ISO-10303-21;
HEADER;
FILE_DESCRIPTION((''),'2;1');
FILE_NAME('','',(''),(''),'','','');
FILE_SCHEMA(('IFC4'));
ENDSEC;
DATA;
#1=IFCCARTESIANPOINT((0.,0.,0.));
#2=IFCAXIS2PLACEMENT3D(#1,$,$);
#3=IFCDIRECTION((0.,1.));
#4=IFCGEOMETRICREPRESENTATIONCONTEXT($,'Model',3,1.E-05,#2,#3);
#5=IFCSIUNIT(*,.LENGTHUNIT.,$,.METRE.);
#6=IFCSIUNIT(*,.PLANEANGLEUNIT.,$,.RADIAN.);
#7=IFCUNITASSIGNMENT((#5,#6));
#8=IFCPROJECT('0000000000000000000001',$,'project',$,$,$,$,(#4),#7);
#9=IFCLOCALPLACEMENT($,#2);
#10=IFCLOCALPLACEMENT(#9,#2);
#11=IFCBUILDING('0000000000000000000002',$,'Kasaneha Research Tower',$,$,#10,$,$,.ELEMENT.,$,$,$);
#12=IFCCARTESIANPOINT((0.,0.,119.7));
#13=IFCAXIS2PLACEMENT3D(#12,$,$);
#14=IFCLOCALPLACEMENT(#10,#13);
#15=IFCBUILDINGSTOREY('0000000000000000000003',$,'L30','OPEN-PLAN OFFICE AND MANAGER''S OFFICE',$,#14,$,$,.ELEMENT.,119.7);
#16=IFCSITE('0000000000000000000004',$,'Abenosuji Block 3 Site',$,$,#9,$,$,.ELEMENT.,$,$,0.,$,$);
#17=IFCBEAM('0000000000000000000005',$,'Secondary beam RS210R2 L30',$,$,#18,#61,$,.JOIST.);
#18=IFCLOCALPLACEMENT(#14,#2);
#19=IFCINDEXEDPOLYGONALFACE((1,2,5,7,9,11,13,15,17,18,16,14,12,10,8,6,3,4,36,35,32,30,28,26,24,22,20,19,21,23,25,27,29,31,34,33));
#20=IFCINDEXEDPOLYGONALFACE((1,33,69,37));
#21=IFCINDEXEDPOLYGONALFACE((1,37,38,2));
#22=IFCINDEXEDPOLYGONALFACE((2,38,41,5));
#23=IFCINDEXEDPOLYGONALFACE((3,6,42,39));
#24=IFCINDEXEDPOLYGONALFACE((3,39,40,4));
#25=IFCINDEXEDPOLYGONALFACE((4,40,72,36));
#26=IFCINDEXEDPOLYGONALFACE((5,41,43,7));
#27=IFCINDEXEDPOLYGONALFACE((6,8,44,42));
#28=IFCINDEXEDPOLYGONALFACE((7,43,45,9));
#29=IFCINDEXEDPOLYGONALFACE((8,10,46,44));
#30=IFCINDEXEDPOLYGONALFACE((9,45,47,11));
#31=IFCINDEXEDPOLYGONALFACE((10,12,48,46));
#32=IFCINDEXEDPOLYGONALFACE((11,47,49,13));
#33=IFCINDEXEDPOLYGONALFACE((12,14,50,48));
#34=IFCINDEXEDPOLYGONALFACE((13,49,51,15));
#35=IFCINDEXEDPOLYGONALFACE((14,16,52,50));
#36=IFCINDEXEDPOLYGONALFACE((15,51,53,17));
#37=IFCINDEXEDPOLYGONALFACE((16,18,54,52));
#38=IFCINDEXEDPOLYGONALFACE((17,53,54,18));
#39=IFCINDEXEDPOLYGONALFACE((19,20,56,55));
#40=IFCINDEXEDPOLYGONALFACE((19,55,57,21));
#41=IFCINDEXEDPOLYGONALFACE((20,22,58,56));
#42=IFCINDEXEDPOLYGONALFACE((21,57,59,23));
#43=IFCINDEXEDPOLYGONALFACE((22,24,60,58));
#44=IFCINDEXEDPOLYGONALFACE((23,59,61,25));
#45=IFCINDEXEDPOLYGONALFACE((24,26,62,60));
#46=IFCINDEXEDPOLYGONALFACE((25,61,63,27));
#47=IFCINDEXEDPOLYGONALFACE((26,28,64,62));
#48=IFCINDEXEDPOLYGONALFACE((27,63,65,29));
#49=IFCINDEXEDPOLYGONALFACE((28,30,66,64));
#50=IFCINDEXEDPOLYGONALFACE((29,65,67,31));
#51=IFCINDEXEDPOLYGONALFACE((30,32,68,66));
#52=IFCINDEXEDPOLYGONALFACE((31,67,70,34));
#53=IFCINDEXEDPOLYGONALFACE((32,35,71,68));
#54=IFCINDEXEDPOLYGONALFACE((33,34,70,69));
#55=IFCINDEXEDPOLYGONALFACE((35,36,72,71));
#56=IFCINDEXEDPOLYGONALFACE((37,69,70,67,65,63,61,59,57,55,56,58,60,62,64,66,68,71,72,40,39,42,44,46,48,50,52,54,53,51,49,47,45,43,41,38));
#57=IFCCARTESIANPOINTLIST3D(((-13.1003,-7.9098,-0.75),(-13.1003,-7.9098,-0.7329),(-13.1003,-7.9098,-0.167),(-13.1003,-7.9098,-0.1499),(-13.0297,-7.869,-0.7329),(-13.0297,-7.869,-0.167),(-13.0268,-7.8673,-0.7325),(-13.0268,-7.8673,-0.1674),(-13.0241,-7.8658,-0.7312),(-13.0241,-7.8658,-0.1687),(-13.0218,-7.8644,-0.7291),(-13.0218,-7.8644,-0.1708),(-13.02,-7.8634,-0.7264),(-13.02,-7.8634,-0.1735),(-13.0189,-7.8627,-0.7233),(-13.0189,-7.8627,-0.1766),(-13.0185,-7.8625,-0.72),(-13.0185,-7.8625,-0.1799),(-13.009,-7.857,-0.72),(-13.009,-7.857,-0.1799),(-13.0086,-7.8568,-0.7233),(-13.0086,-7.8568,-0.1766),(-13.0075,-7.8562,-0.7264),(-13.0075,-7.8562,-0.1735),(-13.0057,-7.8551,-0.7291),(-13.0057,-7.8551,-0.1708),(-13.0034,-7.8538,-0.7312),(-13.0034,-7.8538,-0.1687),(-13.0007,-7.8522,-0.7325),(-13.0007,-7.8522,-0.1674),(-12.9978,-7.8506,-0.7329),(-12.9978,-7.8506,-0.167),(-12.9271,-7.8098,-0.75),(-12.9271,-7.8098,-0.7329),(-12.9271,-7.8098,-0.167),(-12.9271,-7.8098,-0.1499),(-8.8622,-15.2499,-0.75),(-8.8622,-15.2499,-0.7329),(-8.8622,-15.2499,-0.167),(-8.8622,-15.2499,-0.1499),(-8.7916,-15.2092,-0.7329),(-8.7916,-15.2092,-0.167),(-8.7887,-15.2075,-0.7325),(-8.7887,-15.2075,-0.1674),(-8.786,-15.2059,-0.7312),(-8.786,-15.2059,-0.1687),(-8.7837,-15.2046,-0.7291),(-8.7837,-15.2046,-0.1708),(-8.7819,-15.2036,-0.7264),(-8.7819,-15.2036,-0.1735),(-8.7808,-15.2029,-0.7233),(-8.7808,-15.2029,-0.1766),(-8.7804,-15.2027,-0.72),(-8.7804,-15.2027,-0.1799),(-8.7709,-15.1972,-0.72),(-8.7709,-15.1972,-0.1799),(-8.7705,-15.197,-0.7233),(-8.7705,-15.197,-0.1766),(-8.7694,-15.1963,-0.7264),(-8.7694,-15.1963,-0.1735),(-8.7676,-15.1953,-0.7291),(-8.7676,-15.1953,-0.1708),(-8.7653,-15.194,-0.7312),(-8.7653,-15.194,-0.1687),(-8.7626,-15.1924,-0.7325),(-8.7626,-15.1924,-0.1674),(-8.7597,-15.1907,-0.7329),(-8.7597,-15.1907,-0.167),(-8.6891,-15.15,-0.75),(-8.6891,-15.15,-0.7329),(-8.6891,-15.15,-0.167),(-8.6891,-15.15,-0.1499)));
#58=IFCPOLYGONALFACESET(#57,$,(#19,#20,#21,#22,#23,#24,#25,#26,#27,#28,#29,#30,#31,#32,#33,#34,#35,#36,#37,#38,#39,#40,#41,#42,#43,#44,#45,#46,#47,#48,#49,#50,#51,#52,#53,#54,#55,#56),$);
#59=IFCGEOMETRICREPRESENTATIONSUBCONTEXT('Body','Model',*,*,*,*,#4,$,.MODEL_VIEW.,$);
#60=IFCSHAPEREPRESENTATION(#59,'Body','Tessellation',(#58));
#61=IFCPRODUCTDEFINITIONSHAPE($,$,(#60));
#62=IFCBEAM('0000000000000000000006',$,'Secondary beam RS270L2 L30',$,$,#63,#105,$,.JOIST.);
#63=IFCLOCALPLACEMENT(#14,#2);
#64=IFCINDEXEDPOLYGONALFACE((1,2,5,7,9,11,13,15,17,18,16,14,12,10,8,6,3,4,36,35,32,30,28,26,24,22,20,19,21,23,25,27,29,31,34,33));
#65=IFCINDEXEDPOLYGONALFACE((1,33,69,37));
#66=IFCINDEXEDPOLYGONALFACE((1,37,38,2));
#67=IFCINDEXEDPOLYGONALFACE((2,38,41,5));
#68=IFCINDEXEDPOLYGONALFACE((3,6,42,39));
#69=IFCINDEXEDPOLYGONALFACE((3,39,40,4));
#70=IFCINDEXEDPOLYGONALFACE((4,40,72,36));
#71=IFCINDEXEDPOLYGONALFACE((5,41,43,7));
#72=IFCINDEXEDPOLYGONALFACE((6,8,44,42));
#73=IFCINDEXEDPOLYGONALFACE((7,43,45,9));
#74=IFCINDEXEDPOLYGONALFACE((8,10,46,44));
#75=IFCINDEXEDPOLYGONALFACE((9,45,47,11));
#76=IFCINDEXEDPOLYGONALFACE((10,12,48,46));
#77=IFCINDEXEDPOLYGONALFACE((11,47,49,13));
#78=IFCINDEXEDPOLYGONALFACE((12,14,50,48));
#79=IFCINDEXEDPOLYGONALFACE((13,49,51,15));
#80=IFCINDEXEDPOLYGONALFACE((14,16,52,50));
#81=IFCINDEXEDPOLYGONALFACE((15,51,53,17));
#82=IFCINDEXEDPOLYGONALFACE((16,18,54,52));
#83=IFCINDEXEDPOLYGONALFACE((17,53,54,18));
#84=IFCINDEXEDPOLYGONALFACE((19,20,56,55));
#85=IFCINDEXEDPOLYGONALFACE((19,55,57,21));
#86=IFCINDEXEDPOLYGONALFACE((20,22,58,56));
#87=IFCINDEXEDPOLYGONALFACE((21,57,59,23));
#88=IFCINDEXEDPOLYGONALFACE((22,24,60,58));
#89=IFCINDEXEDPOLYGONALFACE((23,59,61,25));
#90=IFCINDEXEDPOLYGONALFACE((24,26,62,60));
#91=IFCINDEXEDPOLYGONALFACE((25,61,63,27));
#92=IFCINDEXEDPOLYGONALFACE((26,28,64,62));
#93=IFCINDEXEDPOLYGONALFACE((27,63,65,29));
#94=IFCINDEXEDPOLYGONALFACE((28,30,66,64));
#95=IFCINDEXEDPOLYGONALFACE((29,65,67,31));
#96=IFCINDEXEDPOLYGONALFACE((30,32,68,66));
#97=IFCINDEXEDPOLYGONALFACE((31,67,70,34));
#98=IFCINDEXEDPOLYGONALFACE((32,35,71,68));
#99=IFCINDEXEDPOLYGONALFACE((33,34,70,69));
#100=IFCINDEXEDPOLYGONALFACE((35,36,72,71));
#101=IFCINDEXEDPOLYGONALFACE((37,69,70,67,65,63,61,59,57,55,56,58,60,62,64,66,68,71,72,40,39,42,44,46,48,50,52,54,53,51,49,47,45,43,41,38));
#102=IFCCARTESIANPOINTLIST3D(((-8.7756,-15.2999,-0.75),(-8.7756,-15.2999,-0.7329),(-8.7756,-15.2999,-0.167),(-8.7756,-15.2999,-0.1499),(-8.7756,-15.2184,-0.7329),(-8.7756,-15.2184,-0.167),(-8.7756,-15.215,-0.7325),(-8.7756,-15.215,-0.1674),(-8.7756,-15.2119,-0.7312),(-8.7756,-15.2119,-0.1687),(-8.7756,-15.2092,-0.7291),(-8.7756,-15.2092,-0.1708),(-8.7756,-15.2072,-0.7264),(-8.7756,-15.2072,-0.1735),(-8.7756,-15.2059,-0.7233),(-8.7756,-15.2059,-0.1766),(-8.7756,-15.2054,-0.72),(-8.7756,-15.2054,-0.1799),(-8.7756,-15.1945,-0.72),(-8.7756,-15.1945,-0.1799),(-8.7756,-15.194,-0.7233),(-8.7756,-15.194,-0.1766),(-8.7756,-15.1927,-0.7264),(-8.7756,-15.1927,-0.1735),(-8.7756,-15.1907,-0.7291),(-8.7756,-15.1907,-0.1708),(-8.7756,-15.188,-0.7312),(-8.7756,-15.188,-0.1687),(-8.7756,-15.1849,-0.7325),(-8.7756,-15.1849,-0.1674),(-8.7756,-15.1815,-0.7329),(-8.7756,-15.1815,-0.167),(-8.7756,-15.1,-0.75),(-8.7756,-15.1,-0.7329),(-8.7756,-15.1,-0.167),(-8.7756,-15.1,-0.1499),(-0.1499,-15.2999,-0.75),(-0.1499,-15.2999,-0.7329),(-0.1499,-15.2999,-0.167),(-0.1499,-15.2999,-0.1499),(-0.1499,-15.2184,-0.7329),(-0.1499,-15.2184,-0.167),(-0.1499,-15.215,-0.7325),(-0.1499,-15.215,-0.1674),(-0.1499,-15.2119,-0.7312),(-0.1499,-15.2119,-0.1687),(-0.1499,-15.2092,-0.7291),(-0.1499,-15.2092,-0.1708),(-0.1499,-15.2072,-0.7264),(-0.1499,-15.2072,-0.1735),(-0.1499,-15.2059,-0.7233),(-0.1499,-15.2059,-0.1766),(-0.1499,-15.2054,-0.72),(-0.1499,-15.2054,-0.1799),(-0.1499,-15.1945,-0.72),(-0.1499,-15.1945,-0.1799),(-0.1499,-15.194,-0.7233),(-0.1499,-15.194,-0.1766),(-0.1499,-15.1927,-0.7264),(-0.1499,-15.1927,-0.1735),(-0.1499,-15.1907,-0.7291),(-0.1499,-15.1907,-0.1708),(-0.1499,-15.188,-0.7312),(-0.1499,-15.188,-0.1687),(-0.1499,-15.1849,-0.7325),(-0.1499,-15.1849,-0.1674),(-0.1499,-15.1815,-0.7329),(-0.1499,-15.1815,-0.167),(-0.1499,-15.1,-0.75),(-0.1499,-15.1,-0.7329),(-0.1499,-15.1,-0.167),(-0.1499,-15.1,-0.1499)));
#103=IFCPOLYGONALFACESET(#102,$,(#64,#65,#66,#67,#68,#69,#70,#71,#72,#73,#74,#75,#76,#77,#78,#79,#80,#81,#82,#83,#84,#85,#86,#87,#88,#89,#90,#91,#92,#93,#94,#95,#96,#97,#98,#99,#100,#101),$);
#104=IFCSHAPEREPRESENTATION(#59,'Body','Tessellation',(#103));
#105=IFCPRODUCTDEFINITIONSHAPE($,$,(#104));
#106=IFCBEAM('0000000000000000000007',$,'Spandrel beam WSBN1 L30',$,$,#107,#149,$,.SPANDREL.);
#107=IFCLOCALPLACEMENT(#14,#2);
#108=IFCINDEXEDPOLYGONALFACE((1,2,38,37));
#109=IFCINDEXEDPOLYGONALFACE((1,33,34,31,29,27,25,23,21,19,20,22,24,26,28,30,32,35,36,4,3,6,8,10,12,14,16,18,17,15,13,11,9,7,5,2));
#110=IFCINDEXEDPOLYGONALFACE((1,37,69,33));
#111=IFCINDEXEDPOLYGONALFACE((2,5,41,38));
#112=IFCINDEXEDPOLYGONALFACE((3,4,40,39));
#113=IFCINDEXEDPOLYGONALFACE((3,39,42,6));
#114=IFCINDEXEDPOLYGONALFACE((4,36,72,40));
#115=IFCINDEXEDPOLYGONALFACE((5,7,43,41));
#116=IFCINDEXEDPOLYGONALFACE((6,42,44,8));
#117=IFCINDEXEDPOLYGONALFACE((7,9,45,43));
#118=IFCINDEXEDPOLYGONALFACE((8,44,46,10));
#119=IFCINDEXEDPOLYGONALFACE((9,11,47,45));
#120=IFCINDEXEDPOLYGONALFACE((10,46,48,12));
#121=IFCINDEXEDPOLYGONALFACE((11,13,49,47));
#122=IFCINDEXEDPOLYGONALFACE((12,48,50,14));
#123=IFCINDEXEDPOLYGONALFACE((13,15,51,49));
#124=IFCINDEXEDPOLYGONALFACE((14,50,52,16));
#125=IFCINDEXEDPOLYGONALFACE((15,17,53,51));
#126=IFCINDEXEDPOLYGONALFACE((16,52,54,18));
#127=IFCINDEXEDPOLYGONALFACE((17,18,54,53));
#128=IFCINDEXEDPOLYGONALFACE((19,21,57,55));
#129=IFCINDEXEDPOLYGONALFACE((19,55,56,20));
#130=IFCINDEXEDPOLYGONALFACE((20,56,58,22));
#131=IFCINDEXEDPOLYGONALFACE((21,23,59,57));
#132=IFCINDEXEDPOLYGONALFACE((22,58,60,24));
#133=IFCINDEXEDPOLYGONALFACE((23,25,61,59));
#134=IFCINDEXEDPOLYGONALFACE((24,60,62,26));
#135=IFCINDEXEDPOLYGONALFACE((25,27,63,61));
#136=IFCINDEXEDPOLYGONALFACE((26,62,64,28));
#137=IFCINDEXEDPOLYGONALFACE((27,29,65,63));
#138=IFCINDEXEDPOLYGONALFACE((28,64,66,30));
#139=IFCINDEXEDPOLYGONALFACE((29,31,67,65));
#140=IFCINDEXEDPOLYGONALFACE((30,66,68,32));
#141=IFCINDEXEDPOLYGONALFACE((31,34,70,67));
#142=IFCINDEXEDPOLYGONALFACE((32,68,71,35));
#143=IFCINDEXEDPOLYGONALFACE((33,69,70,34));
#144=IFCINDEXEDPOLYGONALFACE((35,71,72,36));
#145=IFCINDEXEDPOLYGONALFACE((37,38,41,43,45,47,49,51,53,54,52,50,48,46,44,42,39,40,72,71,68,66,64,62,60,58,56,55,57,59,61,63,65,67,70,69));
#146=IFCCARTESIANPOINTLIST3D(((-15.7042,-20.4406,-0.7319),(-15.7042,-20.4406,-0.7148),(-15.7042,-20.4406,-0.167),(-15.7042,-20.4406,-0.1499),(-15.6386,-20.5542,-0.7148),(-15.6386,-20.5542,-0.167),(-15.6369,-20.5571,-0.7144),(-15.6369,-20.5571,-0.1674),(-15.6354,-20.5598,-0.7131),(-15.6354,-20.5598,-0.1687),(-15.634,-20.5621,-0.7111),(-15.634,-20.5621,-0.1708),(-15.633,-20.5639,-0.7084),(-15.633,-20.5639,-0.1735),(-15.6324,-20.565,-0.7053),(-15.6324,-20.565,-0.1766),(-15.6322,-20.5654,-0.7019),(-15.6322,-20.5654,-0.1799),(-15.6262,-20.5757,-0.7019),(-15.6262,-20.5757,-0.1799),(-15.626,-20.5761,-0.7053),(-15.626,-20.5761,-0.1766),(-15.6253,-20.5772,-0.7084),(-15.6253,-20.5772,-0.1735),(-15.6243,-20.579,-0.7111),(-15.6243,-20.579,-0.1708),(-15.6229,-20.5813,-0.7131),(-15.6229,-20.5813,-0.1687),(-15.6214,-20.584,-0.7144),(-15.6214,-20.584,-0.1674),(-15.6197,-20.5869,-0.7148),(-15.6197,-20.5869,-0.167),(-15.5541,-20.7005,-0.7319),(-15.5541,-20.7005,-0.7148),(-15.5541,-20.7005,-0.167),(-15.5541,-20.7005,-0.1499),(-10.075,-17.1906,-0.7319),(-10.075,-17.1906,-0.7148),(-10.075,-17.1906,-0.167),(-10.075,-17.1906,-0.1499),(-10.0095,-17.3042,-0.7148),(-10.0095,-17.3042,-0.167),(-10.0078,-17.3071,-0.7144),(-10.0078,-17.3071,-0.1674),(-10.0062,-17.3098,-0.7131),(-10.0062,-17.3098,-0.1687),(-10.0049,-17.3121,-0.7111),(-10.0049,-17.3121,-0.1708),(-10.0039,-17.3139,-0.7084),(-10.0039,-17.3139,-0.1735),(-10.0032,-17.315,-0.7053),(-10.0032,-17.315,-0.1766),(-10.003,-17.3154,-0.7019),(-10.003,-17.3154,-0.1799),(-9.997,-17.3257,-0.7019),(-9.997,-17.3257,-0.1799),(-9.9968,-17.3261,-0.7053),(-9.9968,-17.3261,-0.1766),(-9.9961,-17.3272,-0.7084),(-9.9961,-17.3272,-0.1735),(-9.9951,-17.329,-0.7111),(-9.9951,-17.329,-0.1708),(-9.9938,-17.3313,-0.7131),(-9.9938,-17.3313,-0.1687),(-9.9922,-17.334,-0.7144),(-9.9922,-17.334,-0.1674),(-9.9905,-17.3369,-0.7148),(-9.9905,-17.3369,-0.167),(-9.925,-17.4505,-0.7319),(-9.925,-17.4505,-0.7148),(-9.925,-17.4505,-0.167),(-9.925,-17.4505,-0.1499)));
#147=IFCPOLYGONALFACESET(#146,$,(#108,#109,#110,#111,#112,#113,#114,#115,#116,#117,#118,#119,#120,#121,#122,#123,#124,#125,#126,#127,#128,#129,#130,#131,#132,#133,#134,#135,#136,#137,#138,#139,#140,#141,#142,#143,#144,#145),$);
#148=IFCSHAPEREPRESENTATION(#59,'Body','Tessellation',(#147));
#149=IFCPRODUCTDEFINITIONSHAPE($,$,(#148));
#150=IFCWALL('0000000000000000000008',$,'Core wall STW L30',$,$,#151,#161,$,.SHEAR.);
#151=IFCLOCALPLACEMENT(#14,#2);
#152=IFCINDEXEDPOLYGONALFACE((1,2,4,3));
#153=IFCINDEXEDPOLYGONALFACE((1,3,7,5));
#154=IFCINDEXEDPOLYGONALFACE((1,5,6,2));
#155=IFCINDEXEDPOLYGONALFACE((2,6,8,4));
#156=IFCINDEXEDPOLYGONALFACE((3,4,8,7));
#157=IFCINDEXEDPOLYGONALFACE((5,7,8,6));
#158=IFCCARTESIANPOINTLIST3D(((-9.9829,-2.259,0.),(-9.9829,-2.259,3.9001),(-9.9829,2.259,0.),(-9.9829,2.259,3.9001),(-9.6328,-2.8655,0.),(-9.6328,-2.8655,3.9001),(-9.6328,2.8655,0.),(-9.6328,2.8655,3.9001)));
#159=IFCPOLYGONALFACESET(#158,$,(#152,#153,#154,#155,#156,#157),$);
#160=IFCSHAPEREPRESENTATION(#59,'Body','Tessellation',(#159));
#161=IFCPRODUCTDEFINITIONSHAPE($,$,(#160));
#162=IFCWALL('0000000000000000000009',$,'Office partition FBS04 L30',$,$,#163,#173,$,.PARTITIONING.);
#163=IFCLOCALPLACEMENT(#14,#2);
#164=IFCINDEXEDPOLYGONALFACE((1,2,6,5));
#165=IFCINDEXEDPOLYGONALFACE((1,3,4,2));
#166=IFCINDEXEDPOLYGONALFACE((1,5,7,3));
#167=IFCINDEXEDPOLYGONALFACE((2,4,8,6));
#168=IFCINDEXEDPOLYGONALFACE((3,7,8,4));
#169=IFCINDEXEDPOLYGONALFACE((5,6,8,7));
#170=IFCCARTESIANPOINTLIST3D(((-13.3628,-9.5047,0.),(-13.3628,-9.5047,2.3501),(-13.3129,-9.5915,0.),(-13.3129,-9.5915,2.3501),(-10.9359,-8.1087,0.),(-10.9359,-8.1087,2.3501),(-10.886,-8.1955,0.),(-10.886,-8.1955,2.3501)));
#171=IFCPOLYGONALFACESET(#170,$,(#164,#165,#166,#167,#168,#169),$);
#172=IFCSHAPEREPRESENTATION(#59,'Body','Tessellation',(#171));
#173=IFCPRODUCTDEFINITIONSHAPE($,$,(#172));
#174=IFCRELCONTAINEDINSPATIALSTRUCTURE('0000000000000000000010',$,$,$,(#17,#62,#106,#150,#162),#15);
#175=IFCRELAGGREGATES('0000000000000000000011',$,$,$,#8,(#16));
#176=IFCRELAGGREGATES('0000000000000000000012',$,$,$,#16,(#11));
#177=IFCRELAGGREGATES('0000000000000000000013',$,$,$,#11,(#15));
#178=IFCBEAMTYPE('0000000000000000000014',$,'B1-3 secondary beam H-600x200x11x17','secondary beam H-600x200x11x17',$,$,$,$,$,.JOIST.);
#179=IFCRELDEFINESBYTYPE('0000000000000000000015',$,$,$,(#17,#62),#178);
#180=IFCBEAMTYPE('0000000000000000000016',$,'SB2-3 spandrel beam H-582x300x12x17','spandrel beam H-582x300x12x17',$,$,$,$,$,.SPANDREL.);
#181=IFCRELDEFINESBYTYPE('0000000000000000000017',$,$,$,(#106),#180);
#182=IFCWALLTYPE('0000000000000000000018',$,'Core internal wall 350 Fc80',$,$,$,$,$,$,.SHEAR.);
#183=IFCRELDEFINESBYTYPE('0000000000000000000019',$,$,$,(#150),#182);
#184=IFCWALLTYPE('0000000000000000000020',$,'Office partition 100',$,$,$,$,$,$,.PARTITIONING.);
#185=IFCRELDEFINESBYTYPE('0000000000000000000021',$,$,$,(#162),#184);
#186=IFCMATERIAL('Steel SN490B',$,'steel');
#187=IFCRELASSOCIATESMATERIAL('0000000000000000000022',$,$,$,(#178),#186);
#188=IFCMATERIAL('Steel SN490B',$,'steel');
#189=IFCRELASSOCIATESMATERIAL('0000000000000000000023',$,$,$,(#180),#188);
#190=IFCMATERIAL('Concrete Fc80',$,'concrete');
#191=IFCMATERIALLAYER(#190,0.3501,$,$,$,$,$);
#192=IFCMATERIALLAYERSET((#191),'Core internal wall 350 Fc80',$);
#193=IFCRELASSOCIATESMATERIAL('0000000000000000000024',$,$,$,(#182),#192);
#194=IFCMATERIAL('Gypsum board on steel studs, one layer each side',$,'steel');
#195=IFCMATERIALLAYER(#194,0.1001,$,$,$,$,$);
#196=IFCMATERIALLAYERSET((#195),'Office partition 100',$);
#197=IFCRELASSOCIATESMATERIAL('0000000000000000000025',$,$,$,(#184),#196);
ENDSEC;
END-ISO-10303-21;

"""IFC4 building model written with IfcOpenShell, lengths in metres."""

from ifc_helpers import new_model, si_unit, direction, frame, frame_2d, origin, origin_2d, place, context, subcontext, project, spatial, polyline, rectangle, i_section, outline, extrude, material, layer, layer_set, material_profile, profile_set, type_object, element, save


model = new_model("IFC4")

# Units and contexts
model_context = context("Model", 3, precision=1e-05, world=origin(), true_north=direction((0.0, 1.0)))
body_context = subcontext(model_context, "Body", "Model", "MODEL_VIEW")
ifc_project = project(units=[si_unit("LENGTHUNIT", "METRE"), si_unit("PLANEANGLEUNIT", "RADIAN")], contexts=[model_context])

# Site, building, storey
site_placement = place(None, origin())
site = spatial("IfcSite", under=ifc_project, at=site_placement, Name="Abenosuji Block 3 Site", CompositionType="ELEMENT", RefElevation=0.0)
building_placement = place(site_placement, origin())
building = spatial("IfcBuilding", under=site, at=building_placement, Name="Kasaneha Research Tower", CompositionType="ELEMENT")
storey_placement = place(building_placement, frame((0.0, 0.0, 119.7)))
storey = spatial("IfcBuildingStorey", under=building, at=storey_placement, Name="L30", Description="OPEN-PLAN OFFICE AND MANAGER'S OFFICE", CompositionType="ELEMENT", Elevation=119.7)

# Beams
ifc_material_1 = material(Name="Steel SN490B", Category="steel")
ifc_material_profile_1 = material_profile(ifc_material_1, i_section(OverallWidth=0.2, OverallDepth=0.6001, WebThickness=0.011, FlangeThickness=0.0171, FilletRadius=0.0129, at=origin_2d()), Name="H-600x200x11x17")
ifc_profile_set_1 = profile_set([ifc_material_profile_1], Name="Steel SN490B")
beam_type_1 = type_object("IfcBeamType", Name="B1-3 secondary beam H-600x200x11x17", Description="secondary beam H-600x200x11x17", PredefinedType="JOIST", material=ifc_profile_set_1)
beam_1_placement = place(storey_placement, frame((-8.7756, -15.2, -0.45), z_axis=(-0.500021, 0.866013, 0.0), x_axis=(-0.866013, -0.500021, 0.0)))
element("IfcBeam", 1, at=beam_1_placement, inside=storey, type_object=beam_type_1, Name="Secondary beam RS210R2 L30", PredefinedType="JOIST", context=body_context, shape_type="SweptSolid", body=[
    extrude(i_section(OverallWidth=0.2, OverallDepth=0.6001, WebThickness=0.011, FlangeThickness=0.0171, FilletRadius=0.0129, at=origin_2d()), origin(), (0.0, 0.0, 1.0), 8.4758),
])
beam_2_placement = place(storey_placement, frame((-8.7756, -15.2, -0.45), z_axis=(1.0, 0.0, 0.0), x_axis=(0.0, 1.0, 0.0)))
element("IfcBeam", 2, at=beam_2_placement, inside=storey, type_object=beam_type_1, Name="Secondary beam RS270L2 L30", PredefinedType="JOIST", context=body_context, shape_type="SweptSolid", body=[
    extrude(i_section(OverallWidth=0.2, OverallDepth=0.6001, WebThickness=0.011, FlangeThickness=0.0171, FilletRadius=0.0129, at=origin_2d()), origin(), (0.0, 0.0, 1.0), 8.6257),
])
ifc_material_2 = material(Name="Steel SN490B", Category="steel")
ifc_material_profile_2 = material_profile(ifc_material_2, i_section(OverallWidth=0.3, OverallDepth=0.582, WebThickness=0.012, FlangeThickness=0.0171, FilletRadius=0.0129, at=origin_2d()), Name="H-582x300x12x17")
ifc_profile_set_2 = profile_set([ifc_material_profile_2], Name="Steel SN490B")
beam_type_2 = type_object("IfcBeamType", Name="SB2-3 spandrel beam H-582x300x12x17", Description="spandrel beam H-582x300x12x17", PredefinedType="SPANDREL", material=ifc_profile_set_2)
beam_3_placement = place(storey_placement, frame((-10.0, -17.3206, -0.4409), z_axis=(-0.866025, -0.500001, 0.0), x_axis=(0.500001, -0.866025, 0.0)))
element("IfcBeam", 3, at=beam_3_placement, inside=storey, type_object=beam_type_2, Name="Spandrel beam WSBN1 L30", PredefinedType="SPANDREL", context=body_context, shape_type="SweptSolid", body=[
    extrude(i_section(OverallWidth=0.3, OverallDepth=0.582, WebThickness=0.012, FlangeThickness=0.0171, FilletRadius=0.0129, at=origin_2d()), origin(), (0.0, 0.0, 1.0), 6.5),
])

# Shared definitions
ifc_material_3 = material(Name="Concrete Fc80", Category="concrete")
ifc_layer_1 = layer(ifc_material_3, 0.3501)
ifc_layer_set_1 = layer_set([ifc_layer_1], Name="Core internal wall 350 Fc80")
wall_type_1 = type_object("IfcWallType", Name="Core internal wall 350 Fc80", PredefinedType="SHEAR", material=ifc_layer_set_1)

# Walls
wall_1_placement = place(storey_placement, frame((-9.8079, -2.5623, 0.0), z_axis=(0.0, 0.0, 1.0), x_axis=(0.0, 1.0, 0.0)))
element("IfcWall", 4, at=wall_1_placement, inside=storey, type_object=wall_type_1, Name="Core wall STW L30", PredefinedType="SHEAR", context=body_context, shape_type="SweptSolid", body=[
    extrude(outline(polyline([(-0.3032, -0.175), (5.4277, -0.175), (4.8213, 0.175), (0.3032, 0.175), (-0.3032, -0.175)])), origin(), (0.0, 0.0, 1.0), 3.9001),
])
ifc_material_4 = material(Name="Gypsum board on steel studs, one layer each side", Category="steel")
ifc_layer_2 = layer(ifc_material_4, 0.1001)
ifc_layer_set_2 = layer_set([ifc_layer_2], Name="Office partition 100")
wall_type_2 = type_object("IfcWallType", Name="Office partition 100", PredefinedType="PARTITIONING", material=ifc_layer_set_2)
wall_2_placement = place(storey_placement, frame((-13.3379, -9.5481, 0.0), z_axis=(0.0, 0.0, 1.0), x_axis=(0.866834, 0.498597, 0.0)))
element("IfcWall", 5, at=wall_2_placement, inside=storey, type_object=wall_type_2, Name="Office partition FBS04 L30", PredefinedType="PARTITIONING", context=body_context, shape_type="SweptSolid", body=[
    extrude(rectangle(XDim=2.7998, YDim=0.1001, at=frame_2d((1.3999, 0.0))), origin(), (0.0, 0.0, 1.0), 2.3501),
])

save(model, "model.ifc")
